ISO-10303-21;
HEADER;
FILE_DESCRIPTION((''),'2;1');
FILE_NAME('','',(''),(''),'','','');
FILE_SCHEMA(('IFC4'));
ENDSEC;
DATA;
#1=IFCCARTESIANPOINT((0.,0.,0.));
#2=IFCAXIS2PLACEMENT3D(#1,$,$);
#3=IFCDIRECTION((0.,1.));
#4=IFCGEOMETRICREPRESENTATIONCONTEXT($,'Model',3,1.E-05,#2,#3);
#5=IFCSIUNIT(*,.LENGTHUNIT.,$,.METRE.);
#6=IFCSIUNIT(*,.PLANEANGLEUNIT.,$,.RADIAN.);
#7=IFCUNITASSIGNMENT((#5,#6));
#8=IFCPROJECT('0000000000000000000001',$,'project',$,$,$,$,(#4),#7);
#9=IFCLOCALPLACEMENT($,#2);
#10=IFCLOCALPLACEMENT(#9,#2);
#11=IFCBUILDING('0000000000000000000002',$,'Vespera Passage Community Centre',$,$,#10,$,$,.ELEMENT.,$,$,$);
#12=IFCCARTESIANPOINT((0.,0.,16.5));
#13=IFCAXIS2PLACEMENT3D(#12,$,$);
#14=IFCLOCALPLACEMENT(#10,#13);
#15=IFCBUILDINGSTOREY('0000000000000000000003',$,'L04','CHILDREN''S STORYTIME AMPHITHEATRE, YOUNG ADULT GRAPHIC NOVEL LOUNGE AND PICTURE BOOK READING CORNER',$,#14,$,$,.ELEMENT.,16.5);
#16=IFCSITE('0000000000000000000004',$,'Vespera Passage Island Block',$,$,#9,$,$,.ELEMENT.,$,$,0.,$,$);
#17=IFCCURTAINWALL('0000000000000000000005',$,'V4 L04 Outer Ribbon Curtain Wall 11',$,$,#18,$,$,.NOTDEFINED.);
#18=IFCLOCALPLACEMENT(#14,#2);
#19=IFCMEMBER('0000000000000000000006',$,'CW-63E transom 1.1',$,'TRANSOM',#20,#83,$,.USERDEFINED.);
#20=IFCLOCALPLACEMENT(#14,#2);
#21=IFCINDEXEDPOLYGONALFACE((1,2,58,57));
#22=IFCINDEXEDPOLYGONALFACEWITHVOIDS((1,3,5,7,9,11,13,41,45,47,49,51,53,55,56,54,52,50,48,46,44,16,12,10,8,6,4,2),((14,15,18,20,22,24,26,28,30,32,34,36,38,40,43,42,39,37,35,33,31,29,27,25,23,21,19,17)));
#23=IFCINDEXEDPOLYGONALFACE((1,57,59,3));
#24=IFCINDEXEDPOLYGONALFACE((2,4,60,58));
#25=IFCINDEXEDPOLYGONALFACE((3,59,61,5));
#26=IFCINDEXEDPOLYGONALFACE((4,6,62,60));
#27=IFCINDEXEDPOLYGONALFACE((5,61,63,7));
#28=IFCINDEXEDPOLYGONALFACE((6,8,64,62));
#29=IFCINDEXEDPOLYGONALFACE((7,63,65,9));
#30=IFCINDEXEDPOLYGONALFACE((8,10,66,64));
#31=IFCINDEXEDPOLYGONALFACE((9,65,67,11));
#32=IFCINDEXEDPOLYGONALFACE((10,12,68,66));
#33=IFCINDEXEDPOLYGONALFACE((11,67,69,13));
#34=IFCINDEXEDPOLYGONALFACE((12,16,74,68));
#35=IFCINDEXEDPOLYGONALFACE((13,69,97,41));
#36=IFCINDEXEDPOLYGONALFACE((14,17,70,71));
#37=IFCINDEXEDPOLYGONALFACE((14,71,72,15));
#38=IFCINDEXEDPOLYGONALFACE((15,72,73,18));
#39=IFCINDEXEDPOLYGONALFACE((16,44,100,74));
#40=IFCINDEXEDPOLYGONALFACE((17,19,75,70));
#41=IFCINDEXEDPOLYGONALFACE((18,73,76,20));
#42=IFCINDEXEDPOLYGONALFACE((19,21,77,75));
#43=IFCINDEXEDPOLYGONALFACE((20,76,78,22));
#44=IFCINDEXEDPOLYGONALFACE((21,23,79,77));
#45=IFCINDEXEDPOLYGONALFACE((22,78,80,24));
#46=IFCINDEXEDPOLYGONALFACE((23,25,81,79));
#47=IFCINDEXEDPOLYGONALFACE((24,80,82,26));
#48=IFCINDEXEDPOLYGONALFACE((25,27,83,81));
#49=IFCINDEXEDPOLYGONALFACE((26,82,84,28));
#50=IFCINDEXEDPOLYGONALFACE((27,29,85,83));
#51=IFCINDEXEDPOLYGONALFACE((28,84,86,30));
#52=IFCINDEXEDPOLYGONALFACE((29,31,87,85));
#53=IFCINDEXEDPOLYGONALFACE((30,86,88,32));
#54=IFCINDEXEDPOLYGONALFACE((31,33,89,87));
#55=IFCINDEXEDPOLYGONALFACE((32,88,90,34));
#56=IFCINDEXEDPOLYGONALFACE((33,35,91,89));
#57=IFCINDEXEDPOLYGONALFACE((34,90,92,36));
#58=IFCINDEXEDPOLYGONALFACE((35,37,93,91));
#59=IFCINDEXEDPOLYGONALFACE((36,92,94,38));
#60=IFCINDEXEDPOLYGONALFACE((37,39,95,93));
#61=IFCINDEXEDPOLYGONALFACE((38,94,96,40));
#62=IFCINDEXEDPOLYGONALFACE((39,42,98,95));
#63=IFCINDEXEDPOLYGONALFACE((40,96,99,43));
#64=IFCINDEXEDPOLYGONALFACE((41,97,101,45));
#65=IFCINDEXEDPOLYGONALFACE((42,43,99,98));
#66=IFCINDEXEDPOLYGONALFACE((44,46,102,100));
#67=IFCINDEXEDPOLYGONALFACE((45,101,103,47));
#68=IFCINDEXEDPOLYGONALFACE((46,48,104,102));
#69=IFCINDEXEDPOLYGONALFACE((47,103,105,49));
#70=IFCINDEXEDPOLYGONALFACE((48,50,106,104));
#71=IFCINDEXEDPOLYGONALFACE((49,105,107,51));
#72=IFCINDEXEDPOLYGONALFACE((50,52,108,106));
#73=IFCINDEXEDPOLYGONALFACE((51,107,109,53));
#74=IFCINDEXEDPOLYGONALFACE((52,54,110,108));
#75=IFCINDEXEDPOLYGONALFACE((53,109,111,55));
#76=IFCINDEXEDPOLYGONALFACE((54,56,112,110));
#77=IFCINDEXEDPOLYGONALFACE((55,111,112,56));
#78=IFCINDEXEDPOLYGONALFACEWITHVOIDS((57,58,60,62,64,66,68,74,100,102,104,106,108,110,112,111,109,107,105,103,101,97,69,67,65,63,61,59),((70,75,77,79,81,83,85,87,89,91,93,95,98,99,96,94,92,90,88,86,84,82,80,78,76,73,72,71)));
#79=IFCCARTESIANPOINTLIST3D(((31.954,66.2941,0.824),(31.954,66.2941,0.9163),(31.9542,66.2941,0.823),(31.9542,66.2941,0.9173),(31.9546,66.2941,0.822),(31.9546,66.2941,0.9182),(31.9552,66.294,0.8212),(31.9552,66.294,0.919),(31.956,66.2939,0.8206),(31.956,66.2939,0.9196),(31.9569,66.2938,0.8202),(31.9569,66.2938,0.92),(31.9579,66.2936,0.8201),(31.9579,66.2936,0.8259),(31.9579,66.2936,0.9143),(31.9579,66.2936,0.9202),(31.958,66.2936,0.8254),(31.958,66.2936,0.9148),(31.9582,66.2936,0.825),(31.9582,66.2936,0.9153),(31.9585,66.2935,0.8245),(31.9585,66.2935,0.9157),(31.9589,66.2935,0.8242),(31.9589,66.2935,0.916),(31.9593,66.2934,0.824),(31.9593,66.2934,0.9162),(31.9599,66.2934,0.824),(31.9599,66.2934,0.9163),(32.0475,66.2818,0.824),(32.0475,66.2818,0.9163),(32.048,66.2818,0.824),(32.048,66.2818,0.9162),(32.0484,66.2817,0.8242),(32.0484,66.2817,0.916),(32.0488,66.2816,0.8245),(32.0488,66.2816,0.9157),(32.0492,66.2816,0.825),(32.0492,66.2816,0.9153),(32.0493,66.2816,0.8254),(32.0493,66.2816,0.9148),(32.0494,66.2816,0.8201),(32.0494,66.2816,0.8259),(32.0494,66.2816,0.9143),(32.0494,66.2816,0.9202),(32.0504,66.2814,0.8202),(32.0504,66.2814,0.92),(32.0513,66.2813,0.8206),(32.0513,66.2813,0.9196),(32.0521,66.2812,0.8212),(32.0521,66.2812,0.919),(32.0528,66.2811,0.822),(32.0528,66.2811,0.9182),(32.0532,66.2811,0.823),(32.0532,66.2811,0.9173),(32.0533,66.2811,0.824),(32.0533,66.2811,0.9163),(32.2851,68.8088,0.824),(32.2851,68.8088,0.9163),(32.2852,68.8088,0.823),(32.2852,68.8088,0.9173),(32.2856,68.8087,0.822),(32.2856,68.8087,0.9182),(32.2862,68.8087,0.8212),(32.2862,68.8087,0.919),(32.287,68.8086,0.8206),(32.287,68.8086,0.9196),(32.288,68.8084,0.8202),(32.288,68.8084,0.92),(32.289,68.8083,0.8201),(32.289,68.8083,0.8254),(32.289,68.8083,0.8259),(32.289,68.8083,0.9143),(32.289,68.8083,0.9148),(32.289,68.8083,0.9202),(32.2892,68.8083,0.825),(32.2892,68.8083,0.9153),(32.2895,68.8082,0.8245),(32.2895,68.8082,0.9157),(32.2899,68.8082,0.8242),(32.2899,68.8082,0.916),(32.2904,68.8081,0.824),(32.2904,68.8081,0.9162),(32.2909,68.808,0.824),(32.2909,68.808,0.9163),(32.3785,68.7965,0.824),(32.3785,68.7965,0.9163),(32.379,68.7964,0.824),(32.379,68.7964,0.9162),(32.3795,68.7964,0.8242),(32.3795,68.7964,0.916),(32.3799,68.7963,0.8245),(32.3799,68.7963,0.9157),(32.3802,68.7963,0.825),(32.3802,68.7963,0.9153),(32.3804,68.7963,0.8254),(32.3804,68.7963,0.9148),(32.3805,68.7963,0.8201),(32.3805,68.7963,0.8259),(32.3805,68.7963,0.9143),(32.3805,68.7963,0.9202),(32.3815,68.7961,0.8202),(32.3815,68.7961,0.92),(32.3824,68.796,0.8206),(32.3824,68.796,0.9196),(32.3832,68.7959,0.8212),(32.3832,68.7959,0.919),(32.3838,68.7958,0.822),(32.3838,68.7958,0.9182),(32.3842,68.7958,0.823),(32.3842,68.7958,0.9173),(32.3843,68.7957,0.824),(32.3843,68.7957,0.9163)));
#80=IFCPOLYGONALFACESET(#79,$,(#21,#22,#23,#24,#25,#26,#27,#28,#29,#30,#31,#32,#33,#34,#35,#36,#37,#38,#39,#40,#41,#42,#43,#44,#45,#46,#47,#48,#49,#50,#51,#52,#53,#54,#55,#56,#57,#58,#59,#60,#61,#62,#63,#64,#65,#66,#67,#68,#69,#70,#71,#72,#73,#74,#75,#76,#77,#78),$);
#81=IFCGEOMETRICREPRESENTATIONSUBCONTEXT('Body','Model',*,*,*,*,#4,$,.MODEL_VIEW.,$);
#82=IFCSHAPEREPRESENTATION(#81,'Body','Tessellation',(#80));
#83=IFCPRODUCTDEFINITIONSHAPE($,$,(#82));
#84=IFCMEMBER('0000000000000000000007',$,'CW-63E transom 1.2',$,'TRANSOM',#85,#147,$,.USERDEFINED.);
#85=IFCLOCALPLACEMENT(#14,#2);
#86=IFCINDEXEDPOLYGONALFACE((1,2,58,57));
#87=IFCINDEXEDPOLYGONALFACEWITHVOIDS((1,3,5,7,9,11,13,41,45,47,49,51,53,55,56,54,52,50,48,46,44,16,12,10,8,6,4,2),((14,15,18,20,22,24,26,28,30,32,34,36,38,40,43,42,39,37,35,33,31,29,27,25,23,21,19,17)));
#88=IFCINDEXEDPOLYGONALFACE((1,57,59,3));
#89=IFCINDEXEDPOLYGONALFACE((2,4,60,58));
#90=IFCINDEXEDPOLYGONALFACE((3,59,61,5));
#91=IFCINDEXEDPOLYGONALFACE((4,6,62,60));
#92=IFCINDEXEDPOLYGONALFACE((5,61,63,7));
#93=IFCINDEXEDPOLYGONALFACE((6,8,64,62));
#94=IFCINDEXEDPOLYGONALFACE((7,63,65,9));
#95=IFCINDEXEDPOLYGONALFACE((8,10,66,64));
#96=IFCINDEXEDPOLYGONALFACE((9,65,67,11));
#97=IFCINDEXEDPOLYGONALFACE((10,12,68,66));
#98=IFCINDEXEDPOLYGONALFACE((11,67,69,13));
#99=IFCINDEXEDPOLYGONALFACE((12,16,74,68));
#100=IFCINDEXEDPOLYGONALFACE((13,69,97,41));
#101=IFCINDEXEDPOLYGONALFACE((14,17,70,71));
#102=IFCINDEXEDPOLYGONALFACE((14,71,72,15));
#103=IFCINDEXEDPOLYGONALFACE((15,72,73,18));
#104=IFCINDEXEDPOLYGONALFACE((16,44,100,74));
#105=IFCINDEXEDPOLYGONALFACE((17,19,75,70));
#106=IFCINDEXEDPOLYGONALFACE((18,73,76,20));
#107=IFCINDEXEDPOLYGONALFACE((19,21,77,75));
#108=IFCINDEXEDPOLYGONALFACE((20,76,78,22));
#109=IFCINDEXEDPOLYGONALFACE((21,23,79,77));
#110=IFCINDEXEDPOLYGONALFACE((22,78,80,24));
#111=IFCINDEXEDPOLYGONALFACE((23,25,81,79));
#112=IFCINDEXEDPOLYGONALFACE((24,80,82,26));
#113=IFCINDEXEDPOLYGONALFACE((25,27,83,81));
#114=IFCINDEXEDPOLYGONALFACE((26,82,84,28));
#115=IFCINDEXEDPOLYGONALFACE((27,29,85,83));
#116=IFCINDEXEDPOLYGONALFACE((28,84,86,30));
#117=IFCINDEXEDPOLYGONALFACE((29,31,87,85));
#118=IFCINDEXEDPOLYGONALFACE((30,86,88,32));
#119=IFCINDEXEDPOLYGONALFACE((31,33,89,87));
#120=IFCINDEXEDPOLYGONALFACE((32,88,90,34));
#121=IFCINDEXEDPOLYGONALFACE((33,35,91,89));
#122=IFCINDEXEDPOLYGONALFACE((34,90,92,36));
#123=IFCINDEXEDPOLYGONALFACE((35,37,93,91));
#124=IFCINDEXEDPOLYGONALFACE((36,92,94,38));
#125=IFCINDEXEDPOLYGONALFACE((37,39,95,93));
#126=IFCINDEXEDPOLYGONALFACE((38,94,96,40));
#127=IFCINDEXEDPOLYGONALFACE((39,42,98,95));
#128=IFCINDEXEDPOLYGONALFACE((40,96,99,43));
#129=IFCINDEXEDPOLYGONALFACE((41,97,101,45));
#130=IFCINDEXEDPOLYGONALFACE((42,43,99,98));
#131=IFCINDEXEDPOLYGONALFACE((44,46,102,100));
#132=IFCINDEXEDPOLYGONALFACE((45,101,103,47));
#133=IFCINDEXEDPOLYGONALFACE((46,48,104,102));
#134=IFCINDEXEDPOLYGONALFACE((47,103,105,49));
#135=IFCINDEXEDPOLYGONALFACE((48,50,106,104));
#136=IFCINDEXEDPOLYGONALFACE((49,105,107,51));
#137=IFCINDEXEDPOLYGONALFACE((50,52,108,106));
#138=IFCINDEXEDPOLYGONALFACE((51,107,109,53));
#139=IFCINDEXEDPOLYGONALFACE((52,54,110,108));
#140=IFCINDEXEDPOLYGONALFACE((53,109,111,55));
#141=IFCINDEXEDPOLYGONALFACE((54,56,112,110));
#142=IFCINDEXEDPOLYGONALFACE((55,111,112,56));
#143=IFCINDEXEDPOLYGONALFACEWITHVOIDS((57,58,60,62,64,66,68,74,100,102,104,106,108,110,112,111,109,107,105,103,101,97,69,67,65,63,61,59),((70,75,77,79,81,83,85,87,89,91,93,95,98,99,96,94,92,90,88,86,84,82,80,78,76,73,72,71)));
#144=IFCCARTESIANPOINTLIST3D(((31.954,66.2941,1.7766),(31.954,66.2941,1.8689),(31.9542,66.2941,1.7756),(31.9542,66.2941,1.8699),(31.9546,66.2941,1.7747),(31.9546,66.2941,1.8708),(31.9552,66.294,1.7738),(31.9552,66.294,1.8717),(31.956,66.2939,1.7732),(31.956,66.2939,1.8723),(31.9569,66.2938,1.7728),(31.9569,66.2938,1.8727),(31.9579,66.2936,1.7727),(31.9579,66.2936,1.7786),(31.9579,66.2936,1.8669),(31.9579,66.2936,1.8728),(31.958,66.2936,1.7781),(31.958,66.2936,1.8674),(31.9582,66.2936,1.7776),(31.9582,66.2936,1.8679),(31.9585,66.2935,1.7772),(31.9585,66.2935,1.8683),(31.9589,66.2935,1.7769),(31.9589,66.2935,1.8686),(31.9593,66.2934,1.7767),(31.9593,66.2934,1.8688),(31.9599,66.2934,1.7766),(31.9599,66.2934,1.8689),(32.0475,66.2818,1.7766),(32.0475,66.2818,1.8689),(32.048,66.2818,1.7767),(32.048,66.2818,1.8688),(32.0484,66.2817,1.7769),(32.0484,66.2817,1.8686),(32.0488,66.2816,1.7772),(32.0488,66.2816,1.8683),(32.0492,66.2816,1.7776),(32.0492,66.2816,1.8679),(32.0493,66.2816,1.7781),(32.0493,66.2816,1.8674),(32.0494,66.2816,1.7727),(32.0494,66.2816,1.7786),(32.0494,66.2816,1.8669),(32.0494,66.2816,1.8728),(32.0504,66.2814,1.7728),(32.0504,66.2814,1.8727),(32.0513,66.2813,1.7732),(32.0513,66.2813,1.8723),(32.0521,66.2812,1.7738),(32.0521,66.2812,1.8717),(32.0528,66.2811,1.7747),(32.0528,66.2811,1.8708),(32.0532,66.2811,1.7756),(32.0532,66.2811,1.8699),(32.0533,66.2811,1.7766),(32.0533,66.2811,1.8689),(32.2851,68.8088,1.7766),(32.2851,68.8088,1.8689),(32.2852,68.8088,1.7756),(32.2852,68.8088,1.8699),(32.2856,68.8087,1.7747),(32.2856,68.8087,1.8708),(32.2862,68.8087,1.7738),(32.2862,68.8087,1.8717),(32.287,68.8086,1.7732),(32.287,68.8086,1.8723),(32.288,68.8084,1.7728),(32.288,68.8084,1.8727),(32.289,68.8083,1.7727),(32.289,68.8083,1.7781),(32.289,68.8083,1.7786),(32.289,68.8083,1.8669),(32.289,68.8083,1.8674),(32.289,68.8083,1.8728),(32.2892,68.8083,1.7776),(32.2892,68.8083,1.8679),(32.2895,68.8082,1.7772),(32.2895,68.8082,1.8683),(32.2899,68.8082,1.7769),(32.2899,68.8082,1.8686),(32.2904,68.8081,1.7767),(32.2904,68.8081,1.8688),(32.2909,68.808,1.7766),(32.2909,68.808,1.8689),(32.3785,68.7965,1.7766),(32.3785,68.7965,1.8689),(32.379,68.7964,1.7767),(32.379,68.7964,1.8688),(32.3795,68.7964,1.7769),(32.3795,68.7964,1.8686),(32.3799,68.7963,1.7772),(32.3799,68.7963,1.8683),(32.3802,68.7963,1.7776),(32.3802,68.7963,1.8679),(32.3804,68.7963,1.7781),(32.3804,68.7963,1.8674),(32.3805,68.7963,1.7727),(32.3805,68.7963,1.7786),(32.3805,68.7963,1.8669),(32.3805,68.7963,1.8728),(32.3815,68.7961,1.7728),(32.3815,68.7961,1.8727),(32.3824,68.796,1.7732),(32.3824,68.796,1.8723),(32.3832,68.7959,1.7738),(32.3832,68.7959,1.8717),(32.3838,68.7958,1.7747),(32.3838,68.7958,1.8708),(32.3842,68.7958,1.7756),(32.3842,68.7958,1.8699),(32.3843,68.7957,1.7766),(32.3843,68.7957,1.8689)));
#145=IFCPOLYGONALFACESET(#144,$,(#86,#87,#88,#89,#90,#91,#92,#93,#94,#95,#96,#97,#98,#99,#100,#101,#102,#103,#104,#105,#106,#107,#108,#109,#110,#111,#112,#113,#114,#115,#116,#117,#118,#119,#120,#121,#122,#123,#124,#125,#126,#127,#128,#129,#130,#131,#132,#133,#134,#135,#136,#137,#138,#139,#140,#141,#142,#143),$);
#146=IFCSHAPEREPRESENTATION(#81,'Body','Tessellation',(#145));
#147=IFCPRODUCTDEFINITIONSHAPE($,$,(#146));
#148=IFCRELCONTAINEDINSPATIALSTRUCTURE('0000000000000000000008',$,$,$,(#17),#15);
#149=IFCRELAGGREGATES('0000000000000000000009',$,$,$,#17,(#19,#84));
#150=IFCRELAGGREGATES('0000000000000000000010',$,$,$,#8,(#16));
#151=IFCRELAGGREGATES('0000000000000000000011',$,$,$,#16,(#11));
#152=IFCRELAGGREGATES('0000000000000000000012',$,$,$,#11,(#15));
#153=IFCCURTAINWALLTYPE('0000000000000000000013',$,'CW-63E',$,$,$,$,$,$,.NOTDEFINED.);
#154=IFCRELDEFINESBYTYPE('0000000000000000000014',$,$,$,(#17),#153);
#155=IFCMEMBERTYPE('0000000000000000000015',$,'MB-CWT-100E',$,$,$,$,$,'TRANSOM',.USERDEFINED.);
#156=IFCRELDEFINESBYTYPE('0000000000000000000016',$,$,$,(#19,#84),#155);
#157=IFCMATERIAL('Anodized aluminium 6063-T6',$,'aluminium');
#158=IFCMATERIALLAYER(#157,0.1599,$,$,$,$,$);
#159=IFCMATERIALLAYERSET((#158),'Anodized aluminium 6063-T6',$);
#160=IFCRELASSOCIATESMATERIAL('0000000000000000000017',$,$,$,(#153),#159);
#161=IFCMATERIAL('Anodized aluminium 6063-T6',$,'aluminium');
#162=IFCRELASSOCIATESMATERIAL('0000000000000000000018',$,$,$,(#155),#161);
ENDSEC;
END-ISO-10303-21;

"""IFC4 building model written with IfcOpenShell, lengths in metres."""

from ifc_helpers import new_model, si_unit, direction, frame, origin, origin_2d, place, context, subcontext, project, spatial, hollow_rectangle, extrude, material, layer, layer_set, material_profile, profile_set, type_object, element, aggregate, save


model = new_model("IFC4")

# Units and contexts
model_context = context("Model", 3, precision=1e-05, world=origin(), true_north=direction((0.0, 1.0)))
body_context = subcontext(model_context, "Body", "Model", "MODEL_VIEW")
ifc_project = project(units=[si_unit("LENGTHUNIT", "METRE"), si_unit("PLANEANGLEUNIT", "RADIAN")], contexts=[model_context])

# Site, building, storey
site_placement = place(None, origin())
site = spatial("IfcSite", under=ifc_project, at=site_placement, Name="Vespera Passage Island Block", CompositionType="ELEMENT", RefElevation=0.0)
building_placement = place(site_placement, origin())
building = spatial("IfcBuilding", under=site, at=building_placement, Name="Vespera Passage Community Centre", CompositionType="ELEMENT")
storey_placement = place(building_placement, frame((0.0, 0.0, 16.5)))
storey = spatial("IfcBuildingStorey", under=building, at=storey_placement, Name="L04", Description="CHILDREN'S STORYTIME AMPHITHEATRE, YOUNG ADULT GRAPHIC NOVEL LOUNGE AND PICTURE BOOK READING CORNER", CompositionType="ELEMENT", Elevation=16.5)

# Curtain wall, members
ifc_material_1 = material(Name="Anodized aluminium 6063-T6", Category="aluminium")
ifc_layer_1 = layer(ifc_material_1, 0.1599)
ifc_layer_set_1 = layer_set([ifc_layer_1], Name="Anodized aluminium 6063-T6")
curtain_wall_type = type_object("IfcCurtainWallType", Name="CW-63E", PredefinedType="NOTDEFINED", material=ifc_layer_set_1)
curtain_wall_placement = place(storey_placement, origin())
curtain_wall = element("IfcCurtainWall", 1, at=curtain_wall_placement, inside=storey, type_object=curtain_wall_type, Name="V4 L04 Outer Ribbon Curtain Wall 11", PredefinedType="NOTDEFINED")
ifc_material_2 = material(Name="Anodized aluminium 6063-T6", Category="aluminium")
ifc_material_profile_1 = material_profile(ifc_material_2, hollow_rectangle(XDim=0.1001, YDim=0.1001, WallThickness=0.0039, InnerFilletRadius=0.002, OuterFilletRadius=0.0039, at=origin_2d()), Name="ALU100X100X4")
ifc_profile_set_1 = profile_set([ifc_material_profile_1], Name="Anodized aluminium 6063-T6")
member_type_1 = type_object("IfcMemberType", Name="MB-CWT-100E", ElementType="TRANSOM", PredefinedType="USERDEFINED", material=ifc_profile_set_1)
member_1_placement = place(storey_placement, frame((32.0037, 66.2876, 0.8701), z_axis=(0.130524, 0.991445, 0.0), x_axis=(-0.991445, 0.130524, 0.0)))
member_1 = element("IfcMember", 2, at=member_1_placement, type_object=member_type_1, Name="CW-63E transom 1.1", ObjectType="TRANSOM", PredefinedType="USERDEFINED", context=body_context, shape_type="SweptSolid", body=[
    extrude(hollow_rectangle(XDim=0.1001, YDim=0.1001, WallThickness=0.0039, InnerFilletRadius=0.002, OuterFilletRadius=0.0039, at=origin_2d()), origin(), (0.0, 0.0, 1.0), 2.5364),
])
member_2_placement = place(storey_placement, frame((32.0037, 66.2876, 1.8228), z_axis=(0.130524, 0.991445, 0.0), x_axis=(-0.991445, 0.130524, 0.0)))
member_2 = element("IfcMember", 3, at=member_2_placement, type_object=member_type_1, Name="CW-63E transom 1.2", ObjectType="TRANSOM", PredefinedType="USERDEFINED", context=body_context, shape_type="SweptSolid", body=[
    extrude(hollow_rectangle(XDim=0.1001, YDim=0.1001, WallThickness=0.0039, InnerFilletRadius=0.002, OuterFilletRadius=0.0039, at=origin_2d()), origin(), (0.0, 0.0, 1.0), 2.5364),
])
aggregate(curtain_wall, [member_1, member_2])

save(model, "model.ifc")
